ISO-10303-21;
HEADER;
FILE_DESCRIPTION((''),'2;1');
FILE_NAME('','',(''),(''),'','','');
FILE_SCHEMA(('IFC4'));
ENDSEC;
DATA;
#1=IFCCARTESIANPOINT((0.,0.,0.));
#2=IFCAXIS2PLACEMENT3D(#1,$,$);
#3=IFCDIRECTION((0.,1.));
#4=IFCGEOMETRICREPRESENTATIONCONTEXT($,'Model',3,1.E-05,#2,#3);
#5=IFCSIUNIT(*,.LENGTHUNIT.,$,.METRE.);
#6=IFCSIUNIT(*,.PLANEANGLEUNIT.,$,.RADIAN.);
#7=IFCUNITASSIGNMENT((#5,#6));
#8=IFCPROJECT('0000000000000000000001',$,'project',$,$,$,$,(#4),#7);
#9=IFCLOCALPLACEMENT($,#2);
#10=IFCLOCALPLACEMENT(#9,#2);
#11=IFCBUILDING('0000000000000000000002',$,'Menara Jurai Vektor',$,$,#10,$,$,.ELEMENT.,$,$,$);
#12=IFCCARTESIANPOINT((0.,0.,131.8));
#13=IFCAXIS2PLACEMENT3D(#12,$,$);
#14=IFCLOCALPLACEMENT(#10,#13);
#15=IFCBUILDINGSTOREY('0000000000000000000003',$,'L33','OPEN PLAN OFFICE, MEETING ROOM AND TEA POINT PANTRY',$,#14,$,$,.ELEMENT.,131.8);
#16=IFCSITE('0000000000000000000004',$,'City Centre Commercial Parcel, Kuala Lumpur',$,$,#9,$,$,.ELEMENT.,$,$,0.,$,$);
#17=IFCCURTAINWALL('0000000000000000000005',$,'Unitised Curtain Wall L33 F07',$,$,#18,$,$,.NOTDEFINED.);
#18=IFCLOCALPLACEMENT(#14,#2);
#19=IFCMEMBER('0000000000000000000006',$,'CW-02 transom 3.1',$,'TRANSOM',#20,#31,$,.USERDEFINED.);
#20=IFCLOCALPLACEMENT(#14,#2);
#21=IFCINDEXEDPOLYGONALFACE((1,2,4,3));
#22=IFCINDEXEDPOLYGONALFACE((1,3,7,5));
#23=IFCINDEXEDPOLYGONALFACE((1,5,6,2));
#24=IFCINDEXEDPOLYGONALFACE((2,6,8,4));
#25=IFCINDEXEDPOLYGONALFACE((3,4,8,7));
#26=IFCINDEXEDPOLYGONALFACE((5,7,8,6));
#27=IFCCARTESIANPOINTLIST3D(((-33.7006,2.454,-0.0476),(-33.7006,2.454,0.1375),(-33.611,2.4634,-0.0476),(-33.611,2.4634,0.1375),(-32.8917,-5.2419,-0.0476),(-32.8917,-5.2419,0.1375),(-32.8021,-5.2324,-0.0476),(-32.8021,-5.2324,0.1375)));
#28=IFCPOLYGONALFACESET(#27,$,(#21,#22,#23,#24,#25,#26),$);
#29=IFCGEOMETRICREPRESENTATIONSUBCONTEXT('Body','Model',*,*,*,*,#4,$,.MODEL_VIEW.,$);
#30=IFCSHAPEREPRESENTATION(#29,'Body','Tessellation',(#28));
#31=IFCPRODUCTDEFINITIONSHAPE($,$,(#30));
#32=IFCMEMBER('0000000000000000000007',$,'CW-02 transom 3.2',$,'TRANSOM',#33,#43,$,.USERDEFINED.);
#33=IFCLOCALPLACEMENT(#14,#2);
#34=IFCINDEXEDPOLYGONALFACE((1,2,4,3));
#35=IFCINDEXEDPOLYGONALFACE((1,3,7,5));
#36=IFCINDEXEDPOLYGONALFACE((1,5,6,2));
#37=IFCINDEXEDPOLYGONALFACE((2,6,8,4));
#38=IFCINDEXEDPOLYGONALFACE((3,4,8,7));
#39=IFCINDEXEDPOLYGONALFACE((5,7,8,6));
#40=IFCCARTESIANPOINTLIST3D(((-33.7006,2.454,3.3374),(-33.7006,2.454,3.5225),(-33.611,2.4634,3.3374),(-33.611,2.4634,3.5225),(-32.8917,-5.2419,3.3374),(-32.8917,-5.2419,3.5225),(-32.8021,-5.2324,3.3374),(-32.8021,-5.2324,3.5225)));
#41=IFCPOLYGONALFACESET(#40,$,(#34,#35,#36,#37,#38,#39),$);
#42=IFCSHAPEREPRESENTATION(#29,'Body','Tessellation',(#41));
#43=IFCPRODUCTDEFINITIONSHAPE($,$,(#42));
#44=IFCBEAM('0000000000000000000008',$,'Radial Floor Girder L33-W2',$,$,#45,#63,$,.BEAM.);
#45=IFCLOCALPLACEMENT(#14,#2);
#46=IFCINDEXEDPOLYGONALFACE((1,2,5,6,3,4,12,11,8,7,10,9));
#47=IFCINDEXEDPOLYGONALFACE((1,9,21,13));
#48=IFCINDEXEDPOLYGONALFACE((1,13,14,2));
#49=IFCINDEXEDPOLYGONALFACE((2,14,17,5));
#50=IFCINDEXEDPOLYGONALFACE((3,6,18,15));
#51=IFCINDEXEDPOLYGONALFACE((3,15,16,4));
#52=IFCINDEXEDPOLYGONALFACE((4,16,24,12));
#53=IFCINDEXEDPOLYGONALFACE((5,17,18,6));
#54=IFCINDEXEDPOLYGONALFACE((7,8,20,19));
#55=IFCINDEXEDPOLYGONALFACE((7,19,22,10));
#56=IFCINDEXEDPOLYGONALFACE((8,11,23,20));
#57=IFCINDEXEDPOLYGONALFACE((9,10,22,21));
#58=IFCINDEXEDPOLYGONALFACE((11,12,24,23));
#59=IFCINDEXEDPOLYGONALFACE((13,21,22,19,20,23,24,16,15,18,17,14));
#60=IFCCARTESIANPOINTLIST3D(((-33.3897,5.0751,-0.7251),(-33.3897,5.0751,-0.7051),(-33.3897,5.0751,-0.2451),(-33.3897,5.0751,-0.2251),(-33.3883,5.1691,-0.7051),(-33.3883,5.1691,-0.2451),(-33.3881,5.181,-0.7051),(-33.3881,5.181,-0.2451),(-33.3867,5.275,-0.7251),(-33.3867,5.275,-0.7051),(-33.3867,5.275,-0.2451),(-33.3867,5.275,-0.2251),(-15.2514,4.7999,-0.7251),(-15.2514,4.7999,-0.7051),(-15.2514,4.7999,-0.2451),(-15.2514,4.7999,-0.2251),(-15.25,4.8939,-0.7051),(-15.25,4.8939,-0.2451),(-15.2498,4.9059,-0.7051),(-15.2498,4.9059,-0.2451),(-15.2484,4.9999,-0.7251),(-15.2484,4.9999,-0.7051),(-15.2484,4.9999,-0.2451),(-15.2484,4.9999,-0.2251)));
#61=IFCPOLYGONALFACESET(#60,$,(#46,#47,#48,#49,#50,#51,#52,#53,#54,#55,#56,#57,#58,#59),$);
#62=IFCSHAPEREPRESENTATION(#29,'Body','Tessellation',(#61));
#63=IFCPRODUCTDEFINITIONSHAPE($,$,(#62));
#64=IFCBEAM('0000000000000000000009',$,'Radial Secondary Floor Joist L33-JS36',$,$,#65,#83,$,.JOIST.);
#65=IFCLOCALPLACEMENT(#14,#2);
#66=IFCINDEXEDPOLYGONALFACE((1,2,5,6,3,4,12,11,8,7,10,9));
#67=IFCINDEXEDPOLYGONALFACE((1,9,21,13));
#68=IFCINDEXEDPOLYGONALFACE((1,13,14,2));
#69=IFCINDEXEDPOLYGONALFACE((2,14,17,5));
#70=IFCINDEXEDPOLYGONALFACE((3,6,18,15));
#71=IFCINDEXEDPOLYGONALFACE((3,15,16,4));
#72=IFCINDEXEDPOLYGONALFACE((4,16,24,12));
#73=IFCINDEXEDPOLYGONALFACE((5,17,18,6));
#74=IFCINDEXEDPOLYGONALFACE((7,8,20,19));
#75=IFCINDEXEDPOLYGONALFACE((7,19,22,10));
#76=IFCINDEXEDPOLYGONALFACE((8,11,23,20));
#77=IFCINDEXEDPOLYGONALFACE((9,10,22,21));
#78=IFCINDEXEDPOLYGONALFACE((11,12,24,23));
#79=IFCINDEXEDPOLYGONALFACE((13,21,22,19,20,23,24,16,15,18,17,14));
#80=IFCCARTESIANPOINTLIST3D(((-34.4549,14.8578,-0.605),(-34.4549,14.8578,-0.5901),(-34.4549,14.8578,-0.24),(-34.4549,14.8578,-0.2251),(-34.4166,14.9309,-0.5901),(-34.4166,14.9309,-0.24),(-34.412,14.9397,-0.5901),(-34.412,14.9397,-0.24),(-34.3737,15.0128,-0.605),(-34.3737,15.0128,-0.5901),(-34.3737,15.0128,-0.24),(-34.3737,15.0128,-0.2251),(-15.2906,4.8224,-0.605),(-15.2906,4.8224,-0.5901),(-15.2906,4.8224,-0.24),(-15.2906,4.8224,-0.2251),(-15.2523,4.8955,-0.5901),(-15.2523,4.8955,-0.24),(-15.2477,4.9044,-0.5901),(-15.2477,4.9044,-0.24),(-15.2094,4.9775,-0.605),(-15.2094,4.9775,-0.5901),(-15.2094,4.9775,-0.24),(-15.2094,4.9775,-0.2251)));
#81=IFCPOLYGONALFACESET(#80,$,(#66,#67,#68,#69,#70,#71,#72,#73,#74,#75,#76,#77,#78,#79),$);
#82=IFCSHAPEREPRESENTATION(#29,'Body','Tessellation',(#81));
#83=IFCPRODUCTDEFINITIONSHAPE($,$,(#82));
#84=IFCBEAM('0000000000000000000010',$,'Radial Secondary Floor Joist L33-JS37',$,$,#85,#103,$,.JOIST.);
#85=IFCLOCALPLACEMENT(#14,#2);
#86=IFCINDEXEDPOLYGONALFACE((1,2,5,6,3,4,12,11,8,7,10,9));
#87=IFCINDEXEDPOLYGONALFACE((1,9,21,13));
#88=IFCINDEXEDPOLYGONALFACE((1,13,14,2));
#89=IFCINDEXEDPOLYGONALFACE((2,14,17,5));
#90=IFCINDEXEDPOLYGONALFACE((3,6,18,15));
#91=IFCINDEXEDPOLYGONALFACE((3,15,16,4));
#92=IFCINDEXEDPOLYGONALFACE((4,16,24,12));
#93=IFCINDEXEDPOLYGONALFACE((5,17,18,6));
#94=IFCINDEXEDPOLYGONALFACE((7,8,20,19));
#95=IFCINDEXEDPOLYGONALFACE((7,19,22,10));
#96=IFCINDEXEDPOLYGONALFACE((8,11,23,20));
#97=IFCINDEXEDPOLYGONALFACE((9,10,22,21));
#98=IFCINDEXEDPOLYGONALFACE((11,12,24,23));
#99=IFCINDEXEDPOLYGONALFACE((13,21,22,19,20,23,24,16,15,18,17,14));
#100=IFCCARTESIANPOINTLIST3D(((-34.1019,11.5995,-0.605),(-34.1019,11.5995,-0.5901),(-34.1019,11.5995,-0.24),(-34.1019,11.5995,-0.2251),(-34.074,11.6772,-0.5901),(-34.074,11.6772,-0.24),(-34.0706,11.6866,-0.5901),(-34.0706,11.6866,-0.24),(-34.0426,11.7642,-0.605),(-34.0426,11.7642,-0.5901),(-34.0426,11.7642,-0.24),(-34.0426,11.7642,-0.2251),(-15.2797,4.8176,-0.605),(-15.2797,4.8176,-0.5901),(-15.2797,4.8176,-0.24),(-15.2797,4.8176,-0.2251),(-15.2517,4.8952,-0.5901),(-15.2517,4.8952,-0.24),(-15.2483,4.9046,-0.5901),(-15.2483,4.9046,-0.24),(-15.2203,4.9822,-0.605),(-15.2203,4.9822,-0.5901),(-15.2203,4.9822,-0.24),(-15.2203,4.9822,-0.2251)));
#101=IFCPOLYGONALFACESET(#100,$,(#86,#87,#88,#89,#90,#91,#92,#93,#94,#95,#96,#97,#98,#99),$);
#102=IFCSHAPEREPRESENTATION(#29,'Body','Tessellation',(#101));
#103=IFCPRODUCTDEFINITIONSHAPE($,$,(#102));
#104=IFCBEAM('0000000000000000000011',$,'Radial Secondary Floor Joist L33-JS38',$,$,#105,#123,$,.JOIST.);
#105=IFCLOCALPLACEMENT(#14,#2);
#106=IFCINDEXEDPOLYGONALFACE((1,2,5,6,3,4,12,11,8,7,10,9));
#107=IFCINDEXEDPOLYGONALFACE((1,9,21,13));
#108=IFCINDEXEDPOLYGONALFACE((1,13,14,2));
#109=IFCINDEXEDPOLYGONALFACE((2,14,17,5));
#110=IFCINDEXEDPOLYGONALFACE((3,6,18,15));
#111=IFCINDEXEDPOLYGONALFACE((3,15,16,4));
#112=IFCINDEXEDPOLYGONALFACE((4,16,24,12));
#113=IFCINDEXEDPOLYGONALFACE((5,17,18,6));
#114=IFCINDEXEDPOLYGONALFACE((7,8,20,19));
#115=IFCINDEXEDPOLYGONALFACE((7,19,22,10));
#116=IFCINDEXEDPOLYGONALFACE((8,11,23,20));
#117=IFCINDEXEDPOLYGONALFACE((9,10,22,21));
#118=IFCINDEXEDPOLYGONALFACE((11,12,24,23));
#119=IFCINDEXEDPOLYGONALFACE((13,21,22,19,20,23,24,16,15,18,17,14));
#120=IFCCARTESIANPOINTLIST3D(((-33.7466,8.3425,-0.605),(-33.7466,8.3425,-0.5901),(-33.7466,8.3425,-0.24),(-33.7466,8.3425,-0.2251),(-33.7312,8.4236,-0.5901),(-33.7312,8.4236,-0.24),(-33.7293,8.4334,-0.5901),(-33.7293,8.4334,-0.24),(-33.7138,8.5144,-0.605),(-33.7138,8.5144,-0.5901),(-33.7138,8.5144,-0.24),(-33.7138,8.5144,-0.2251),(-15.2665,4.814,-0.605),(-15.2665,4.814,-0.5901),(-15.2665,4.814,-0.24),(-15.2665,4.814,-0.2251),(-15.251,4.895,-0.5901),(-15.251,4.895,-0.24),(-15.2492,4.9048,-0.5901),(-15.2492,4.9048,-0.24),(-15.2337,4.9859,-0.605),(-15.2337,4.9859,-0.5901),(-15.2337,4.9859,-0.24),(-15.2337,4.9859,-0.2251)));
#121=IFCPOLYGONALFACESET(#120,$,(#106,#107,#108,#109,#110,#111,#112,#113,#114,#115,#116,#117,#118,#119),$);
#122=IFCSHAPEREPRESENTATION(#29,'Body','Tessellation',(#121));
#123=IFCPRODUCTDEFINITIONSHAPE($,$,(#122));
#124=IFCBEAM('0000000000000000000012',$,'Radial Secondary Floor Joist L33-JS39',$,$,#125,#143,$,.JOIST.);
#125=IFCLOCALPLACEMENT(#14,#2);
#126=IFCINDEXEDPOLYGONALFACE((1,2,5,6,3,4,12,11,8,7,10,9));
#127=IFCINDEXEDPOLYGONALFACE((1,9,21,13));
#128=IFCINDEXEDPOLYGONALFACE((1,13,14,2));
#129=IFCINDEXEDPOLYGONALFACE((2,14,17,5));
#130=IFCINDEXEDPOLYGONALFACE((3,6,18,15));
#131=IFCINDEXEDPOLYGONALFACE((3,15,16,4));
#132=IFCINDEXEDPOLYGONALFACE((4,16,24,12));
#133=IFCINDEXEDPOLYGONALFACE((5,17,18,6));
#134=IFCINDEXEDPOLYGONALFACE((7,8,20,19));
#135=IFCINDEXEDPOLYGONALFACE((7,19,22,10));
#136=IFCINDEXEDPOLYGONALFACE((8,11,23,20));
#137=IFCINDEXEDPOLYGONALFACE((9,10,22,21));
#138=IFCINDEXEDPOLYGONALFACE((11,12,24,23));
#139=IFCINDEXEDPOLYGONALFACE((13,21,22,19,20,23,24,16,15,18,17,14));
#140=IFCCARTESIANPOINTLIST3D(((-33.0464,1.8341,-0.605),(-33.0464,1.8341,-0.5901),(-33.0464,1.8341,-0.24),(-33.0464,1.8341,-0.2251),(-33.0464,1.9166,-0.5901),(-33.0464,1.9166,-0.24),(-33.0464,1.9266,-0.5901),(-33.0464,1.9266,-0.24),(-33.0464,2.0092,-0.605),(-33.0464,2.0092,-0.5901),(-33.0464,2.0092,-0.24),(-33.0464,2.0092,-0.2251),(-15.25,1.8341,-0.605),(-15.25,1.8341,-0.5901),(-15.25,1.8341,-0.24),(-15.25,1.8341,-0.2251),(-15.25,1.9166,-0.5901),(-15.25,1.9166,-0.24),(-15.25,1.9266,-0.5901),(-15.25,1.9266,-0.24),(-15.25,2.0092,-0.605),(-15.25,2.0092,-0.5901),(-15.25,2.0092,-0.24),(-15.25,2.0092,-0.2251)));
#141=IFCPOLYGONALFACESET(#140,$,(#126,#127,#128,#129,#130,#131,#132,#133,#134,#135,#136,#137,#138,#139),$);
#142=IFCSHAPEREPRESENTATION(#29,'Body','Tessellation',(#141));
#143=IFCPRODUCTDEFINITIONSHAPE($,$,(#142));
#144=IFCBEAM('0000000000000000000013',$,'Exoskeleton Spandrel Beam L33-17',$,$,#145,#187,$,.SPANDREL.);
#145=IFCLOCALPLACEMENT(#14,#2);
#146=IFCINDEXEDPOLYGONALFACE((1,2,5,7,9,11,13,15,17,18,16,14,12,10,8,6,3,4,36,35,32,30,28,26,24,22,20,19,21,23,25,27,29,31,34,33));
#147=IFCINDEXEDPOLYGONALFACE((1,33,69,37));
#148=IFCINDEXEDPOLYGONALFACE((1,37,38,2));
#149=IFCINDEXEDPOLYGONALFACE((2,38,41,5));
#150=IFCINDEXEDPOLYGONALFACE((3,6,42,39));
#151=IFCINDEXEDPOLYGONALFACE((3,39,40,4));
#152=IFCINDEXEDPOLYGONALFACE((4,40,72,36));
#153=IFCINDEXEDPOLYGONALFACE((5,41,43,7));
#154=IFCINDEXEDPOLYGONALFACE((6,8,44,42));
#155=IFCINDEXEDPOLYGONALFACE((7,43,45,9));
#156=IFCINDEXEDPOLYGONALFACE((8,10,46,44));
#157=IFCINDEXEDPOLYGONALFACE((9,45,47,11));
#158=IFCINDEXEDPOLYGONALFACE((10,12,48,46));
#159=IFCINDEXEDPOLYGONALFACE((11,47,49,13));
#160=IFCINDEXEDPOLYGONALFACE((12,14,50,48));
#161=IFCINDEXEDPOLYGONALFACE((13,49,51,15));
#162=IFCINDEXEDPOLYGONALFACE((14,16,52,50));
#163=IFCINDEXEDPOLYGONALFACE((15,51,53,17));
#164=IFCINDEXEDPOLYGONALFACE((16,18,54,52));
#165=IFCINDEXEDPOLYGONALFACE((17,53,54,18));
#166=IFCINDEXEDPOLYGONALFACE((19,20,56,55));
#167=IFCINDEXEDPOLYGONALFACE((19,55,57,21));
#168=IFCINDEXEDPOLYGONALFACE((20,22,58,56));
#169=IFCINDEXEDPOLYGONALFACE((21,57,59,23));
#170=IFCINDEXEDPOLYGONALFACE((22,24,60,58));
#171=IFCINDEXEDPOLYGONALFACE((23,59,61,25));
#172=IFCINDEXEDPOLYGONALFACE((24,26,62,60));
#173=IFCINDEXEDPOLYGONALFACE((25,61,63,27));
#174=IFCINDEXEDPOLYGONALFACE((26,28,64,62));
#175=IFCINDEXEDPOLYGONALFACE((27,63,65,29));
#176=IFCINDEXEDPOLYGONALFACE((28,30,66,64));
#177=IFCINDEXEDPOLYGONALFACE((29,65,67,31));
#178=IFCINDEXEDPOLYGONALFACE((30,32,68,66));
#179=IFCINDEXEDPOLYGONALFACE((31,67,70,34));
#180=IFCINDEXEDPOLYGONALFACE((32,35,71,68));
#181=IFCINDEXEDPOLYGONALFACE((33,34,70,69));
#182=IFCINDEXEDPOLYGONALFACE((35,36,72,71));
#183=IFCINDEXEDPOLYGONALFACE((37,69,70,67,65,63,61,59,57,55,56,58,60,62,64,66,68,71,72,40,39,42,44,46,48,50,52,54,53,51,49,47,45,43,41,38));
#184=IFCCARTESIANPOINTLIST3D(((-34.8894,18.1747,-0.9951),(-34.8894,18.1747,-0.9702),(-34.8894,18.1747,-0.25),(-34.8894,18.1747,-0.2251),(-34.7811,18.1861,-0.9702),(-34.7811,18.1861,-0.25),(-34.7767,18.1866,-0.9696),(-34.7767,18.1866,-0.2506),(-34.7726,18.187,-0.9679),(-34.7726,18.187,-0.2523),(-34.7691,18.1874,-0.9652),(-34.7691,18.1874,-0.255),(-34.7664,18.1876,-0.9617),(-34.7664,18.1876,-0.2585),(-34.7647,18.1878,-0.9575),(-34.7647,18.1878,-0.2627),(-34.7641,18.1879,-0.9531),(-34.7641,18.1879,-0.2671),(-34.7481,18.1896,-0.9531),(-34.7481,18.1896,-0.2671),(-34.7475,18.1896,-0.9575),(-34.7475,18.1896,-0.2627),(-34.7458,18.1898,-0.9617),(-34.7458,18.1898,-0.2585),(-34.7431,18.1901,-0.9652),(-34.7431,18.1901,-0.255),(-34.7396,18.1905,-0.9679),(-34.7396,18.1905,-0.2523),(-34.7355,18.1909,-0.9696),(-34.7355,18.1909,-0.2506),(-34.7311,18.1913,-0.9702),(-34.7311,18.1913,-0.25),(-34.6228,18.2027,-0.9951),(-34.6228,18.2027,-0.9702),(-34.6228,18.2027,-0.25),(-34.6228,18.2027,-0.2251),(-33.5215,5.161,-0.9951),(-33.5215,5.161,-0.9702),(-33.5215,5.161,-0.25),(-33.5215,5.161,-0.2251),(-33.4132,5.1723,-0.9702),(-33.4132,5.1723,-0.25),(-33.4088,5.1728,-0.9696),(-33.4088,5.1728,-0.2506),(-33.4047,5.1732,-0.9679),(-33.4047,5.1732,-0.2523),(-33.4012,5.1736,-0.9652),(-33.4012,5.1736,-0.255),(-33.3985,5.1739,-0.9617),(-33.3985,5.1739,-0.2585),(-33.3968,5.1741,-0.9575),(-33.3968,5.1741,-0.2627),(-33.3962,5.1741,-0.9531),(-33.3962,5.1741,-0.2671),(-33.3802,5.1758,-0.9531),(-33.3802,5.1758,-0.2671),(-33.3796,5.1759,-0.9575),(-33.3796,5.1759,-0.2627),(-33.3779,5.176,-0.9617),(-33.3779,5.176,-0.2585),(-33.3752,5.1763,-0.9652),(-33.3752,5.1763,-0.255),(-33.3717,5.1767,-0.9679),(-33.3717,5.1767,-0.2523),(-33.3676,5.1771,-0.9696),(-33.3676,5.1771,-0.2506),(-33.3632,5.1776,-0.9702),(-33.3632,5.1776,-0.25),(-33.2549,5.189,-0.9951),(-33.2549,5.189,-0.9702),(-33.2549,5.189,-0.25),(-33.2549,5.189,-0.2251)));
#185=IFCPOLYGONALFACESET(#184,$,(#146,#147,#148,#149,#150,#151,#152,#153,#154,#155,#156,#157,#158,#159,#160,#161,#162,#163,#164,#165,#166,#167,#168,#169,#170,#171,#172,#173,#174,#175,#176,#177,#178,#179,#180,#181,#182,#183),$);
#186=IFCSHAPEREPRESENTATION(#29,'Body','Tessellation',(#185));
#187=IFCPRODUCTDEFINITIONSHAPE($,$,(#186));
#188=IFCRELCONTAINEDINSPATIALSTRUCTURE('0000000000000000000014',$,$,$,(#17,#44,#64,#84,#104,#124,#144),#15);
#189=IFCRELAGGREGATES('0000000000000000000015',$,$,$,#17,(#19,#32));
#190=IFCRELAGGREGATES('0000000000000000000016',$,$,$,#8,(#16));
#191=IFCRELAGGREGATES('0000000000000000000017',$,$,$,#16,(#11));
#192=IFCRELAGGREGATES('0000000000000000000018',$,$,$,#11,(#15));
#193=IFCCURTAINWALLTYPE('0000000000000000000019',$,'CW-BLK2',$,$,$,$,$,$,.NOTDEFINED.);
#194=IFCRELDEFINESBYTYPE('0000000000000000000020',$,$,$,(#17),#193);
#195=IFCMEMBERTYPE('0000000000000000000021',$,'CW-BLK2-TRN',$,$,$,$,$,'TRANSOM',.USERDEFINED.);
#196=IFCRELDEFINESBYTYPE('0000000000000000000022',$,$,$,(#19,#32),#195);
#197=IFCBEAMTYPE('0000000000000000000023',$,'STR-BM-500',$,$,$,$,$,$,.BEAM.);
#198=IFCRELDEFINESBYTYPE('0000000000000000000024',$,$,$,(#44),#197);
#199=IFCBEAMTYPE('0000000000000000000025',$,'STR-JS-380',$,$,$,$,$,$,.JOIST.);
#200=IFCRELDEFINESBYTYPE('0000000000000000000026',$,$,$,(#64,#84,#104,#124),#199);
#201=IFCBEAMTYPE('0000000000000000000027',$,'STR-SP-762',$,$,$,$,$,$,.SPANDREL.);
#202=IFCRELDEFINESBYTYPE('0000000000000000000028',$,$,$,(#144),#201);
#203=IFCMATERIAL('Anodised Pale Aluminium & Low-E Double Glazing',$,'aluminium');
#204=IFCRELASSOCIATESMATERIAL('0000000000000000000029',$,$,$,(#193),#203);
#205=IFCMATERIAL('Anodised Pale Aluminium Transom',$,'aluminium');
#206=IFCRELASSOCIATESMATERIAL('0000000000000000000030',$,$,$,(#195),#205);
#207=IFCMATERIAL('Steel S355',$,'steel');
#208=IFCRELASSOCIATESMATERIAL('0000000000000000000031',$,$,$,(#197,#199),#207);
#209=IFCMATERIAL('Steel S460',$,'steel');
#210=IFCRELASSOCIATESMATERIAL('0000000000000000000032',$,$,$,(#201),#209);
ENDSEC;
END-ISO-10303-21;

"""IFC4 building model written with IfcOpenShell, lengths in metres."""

from ifc_helpers import new_model, si_unit, direction, frame, origin, origin_2d, place, context, subcontext, project, spatial, rectangle, i_section, extrude, material, material_profile, profile_set, type_object, element, aggregate, save


model = new_model("IFC4")

# Units and contexts
model_context = context("Model", 3, precision=1e-05, world=origin(), true_north=direction((0.0, 1.0)))
body_context = subcontext(model_context, "Body", "Model", "MODEL_VIEW")
ifc_project = project(units=[si_unit("LENGTHUNIT", "METRE"), si_unit("PLANEANGLEUNIT", "RADIAN")], contexts=[model_context])

# Site, building, storey
site_placement = place(None, origin())
site = spatial("IfcSite", under=ifc_project, at=site_placement, Name="City Centre Commercial Parcel, Kuala Lumpur", CompositionType="ELEMENT", RefElevation=0.0)
building_placement = place(site_placement, origin())
building = spatial("IfcBuilding", under=site, at=building_placement, Name="Menara Jurai Vektor", CompositionType="ELEMENT")
storey_placement = place(building_placement, frame((0.0, 0.0, 131.8)))
storey = spatial("IfcBuildingStorey", under=building, at=storey_placement, Name="L33", Description="OPEN PLAN OFFICE, MEETING ROOM AND TEA POINT PANTRY", CompositionType="ELEMENT", Elevation=131.8)

# Shared definitions
ifc_material_1 = material(Name="Steel S460", Category="steel")

# Curtain wall, members
ifc_material_2 = material(Name="Anodised Pale Aluminium & Low-E Double Glazing", Category="aluminium")
curtain_wall_type = type_object("IfcCurtainWallType", Name="CW-BLK2", PredefinedType="NOTDEFINED", material=ifc_material_2)
curtain_wall_placement = place(storey_placement, origin())
curtain_wall = element("IfcCurtainWall", 1, at=curtain_wall_placement, inside=storey, type_object=curtain_wall_type, Name="Unitised Curtain Wall L33 F07", PredefinedType="NOTDEFINED")
ifc_material_3 = material(Name="Anodised Pale Aluminium Transom", Category="aluminium")
ifc_material_profile_1 = material_profile(ifc_material_3, rectangle(XDim=0.0901, YDim=0.1851, at=origin_2d()), Name="ALU TRN 90x185")
ifc_profile_set_1 = profile_set([ifc_material_profile_1], Name="Anodised Pale Aluminium Transom")
member_type_1 = type_object("IfcMemberType", Name="CW-BLK2-TRN", ElementType="TRANSOM", PredefinedType="USERDEFINED", material=ifc_profile_set_1)
member_1_placement = place(storey_placement, frame((-33.6558, 2.4587, 0.0449), z_axis=(0.104525, -0.994522, 0.0), x_axis=(0.994522, 0.104525, 0.0)))
member_1 = element("IfcMember", 2, at=member_1_placement, type_object=member_type_1, Name="CW-02 transom 3.1", ObjectType="TRANSOM", PredefinedType="USERDEFINED", context=body_context, shape_type="SweptSolid", body=[
    extrude(rectangle(XDim=0.0901, YDim=0.1851, at=origin_2d()), origin(), (0.0, 0.0, 1.0), 7.7383),
])
member_2_placement = place(storey_placement, frame((-33.6558, 2.4587, 3.4299), z_axis=(0.104525, -0.994522, 0.0), x_axis=(0.994522, 0.104525, 0.0)))
member_2 = element("IfcMember", 3, at=member_2_placement, type_object=member_type_1, Name="CW-02 transom 3.2", ObjectType="TRANSOM", PredefinedType="USERDEFINED", context=body_context, shape_type="SweptSolid", body=[
    extrude(rectangle(XDim=0.0901, YDim=0.1851, at=origin_2d()), origin(), (0.0, 0.0, 1.0), 7.7383),
])

# Beams
ifc_material_4 = material(Name="Steel S355", Category="steel")
ifc_material_profile_2 = material_profile(ifc_material_4, i_section(OverallWidth=0.2, OverallDepth=0.5, WebThickness=0.012, FlangeThickness=0.02, at=origin_2d()), Name="PG 500x200x96")
ifc_profile_set_2 = profile_set([ifc_material_profile_2], Name="Steel S355")
beam_type_1 = type_object("IfcBeamType", Name="STR-BM-500", PredefinedType="BEAM", material=ifc_profile_set_2)
beam_1_placement = place(storey_placement, frame((-33.3882, 5.175, -0.4751), z_axis=(0.999885, -0.015168, 0.0), x_axis=(0.015168, 0.999885, 0.0)))
element("IfcBeam", 4, at=beam_1_placement, inside=storey, type_object=beam_type_1, Name="Radial Floor Girder L33-W2", PredefinedType="BEAM", context=body_context, shape_type="SweptSolid", body=[
    extrude(i_section(OverallWidth=0.2, OverallDepth=0.5, WebThickness=0.012, FlangeThickness=0.02, at=origin_2d()), origin(), (0.0, 0.0, 1.0), 18.1404),
])
ifc_material_profile_3 = material_profile(ifc_material_4, i_section(OverallWidth=0.175, OverallDepth=0.3799, WebThickness=0.01, FlangeThickness=0.0149, at=origin_2d()), Name="PG 380x175x58")
ifc_profile_set_3 = profile_set([ifc_material_profile_3], Name="Steel S355")
beam_type_2 = type_object("IfcBeamType", Name="STR-JS-380", PredefinedType="JOIST", material=ifc_profile_set_3)
beam_2_placement = place(storey_placement, frame((-34.4143, 14.9353, -0.415), z_axis=(0.885889, -0.463897, 0.0), x_axis=(0.463897, 0.885889, 0.0)))
element("IfcBeam", 5, at=beam_2_placement, inside=storey, type_object=beam_type_2, Name="Radial Secondary Floor Joist L33-JS36", PredefinedType="JOIST", context=body_context, shape_type="SweptSolid", body=[
    extrude(i_section(OverallWidth=0.175, OverallDepth=0.3799, WebThickness=0.01, FlangeThickness=0.0149, at=origin_2d()), origin(), (0.0, 0.0, 1.0), 21.6328),
])
beam_3_placement = place(storey_placement, frame((-34.0723, 11.6819, -0.415), z_axis=(0.940792, -0.338983, 0.0), x_axis=(0.338983, 0.940792, 0.0)))
element("IfcBeam", 6, at=beam_3_placement, inside=storey, type_object=beam_type_2, Name="Radial Secondary Floor Joist L33-JS37", PredefinedType="JOIST", context=body_context, shape_type="SweptSolid", body=[
    extrude(i_section(OverallWidth=0.175, OverallDepth=0.3799, WebThickness=0.01, FlangeThickness=0.0149, at=origin_2d()), origin(), (0.0, 0.0, 1.0), 20.0068),
])
beam_4_placement = place(storey_placement, frame((-33.7302, 8.4285, -0.415), z_axis=(0.982255, -0.187549, 0.0), x_axis=(0.187549, 0.982255, 0.0)))
element("IfcBeam", 7, at=beam_4_placement, inside=storey, type_object=beam_type_2, Name="Radial Secondary Floor Joist L33-JS38", PredefinedType="JOIST", context=body_context, shape_type="SweptSolid", body=[
    extrude(i_section(OverallWidth=0.175, OverallDepth=0.3799, WebThickness=0.01, FlangeThickness=0.0149, at=origin_2d()), origin(), (0.0, 0.0, 1.0), 18.814),
])
beam_5_placement = place(storey_placement, frame((-33.0464, 1.9216, -0.415), z_axis=(1.0, 0.0, 0.0), x_axis=(0.0, 1.0, 0.0)))
element("IfcBeam", 8, at=beam_5_placement, inside=storey, type_object=beam_type_2, Name="Radial Secondary Floor Joist L33-JS39", PredefinedType="JOIST", context=body_context, shape_type="SweptSolid", body=[
    extrude(i_section(OverallWidth=0.175, OverallDepth=0.3799, WebThickness=0.01, FlangeThickness=0.0149, at=origin_2d()), origin(), (0.0, 0.0, 1.0), 17.7964),
])
ifc_material_profile_4 = material_profile(ifc_material_1, i_section(OverallWidth=0.2681, OverallDepth=0.77, WebThickness=0.0161, FlangeThickness=0.0249, FilletRadius=0.0171, at=origin_2d()), Name="UKB 762x267x197")
ifc_profile_set_4 = profile_set([ifc_material_profile_4], Name="Steel S460")
beam_type_3 = type_object("IfcBeamType", Name="STR-SP-762", PredefinedType="SPANDREL", material=ifc_profile_set_4)
beam_6_placement = place(storey_placement, frame((-34.7561, 18.1887, -0.6101), z_axis=(0.104538, -0.994521, 0.0), x_axis=(0.994521, 0.104538, 0.0)))
element("IfcBeam", 9, at=beam_6_placement, inside=storey, type_object=beam_type_3, Name="Exoskeleton Spandrel Beam L33-17", PredefinedType="SPANDREL", context=body_context, shape_type="SweptSolid", body=[
    extrude(i_section(OverallWidth=0.2681, OverallDepth=0.77, WebThickness=0.0161, FlangeThickness=0.0249, FilletRadius=0.0171, at=origin_2d()), origin(), (0.0, 0.0, 1.0), 13.0854),
])

aggregate(curtain_wall, [member_1, member_2])

save(model, "model.ifc")
